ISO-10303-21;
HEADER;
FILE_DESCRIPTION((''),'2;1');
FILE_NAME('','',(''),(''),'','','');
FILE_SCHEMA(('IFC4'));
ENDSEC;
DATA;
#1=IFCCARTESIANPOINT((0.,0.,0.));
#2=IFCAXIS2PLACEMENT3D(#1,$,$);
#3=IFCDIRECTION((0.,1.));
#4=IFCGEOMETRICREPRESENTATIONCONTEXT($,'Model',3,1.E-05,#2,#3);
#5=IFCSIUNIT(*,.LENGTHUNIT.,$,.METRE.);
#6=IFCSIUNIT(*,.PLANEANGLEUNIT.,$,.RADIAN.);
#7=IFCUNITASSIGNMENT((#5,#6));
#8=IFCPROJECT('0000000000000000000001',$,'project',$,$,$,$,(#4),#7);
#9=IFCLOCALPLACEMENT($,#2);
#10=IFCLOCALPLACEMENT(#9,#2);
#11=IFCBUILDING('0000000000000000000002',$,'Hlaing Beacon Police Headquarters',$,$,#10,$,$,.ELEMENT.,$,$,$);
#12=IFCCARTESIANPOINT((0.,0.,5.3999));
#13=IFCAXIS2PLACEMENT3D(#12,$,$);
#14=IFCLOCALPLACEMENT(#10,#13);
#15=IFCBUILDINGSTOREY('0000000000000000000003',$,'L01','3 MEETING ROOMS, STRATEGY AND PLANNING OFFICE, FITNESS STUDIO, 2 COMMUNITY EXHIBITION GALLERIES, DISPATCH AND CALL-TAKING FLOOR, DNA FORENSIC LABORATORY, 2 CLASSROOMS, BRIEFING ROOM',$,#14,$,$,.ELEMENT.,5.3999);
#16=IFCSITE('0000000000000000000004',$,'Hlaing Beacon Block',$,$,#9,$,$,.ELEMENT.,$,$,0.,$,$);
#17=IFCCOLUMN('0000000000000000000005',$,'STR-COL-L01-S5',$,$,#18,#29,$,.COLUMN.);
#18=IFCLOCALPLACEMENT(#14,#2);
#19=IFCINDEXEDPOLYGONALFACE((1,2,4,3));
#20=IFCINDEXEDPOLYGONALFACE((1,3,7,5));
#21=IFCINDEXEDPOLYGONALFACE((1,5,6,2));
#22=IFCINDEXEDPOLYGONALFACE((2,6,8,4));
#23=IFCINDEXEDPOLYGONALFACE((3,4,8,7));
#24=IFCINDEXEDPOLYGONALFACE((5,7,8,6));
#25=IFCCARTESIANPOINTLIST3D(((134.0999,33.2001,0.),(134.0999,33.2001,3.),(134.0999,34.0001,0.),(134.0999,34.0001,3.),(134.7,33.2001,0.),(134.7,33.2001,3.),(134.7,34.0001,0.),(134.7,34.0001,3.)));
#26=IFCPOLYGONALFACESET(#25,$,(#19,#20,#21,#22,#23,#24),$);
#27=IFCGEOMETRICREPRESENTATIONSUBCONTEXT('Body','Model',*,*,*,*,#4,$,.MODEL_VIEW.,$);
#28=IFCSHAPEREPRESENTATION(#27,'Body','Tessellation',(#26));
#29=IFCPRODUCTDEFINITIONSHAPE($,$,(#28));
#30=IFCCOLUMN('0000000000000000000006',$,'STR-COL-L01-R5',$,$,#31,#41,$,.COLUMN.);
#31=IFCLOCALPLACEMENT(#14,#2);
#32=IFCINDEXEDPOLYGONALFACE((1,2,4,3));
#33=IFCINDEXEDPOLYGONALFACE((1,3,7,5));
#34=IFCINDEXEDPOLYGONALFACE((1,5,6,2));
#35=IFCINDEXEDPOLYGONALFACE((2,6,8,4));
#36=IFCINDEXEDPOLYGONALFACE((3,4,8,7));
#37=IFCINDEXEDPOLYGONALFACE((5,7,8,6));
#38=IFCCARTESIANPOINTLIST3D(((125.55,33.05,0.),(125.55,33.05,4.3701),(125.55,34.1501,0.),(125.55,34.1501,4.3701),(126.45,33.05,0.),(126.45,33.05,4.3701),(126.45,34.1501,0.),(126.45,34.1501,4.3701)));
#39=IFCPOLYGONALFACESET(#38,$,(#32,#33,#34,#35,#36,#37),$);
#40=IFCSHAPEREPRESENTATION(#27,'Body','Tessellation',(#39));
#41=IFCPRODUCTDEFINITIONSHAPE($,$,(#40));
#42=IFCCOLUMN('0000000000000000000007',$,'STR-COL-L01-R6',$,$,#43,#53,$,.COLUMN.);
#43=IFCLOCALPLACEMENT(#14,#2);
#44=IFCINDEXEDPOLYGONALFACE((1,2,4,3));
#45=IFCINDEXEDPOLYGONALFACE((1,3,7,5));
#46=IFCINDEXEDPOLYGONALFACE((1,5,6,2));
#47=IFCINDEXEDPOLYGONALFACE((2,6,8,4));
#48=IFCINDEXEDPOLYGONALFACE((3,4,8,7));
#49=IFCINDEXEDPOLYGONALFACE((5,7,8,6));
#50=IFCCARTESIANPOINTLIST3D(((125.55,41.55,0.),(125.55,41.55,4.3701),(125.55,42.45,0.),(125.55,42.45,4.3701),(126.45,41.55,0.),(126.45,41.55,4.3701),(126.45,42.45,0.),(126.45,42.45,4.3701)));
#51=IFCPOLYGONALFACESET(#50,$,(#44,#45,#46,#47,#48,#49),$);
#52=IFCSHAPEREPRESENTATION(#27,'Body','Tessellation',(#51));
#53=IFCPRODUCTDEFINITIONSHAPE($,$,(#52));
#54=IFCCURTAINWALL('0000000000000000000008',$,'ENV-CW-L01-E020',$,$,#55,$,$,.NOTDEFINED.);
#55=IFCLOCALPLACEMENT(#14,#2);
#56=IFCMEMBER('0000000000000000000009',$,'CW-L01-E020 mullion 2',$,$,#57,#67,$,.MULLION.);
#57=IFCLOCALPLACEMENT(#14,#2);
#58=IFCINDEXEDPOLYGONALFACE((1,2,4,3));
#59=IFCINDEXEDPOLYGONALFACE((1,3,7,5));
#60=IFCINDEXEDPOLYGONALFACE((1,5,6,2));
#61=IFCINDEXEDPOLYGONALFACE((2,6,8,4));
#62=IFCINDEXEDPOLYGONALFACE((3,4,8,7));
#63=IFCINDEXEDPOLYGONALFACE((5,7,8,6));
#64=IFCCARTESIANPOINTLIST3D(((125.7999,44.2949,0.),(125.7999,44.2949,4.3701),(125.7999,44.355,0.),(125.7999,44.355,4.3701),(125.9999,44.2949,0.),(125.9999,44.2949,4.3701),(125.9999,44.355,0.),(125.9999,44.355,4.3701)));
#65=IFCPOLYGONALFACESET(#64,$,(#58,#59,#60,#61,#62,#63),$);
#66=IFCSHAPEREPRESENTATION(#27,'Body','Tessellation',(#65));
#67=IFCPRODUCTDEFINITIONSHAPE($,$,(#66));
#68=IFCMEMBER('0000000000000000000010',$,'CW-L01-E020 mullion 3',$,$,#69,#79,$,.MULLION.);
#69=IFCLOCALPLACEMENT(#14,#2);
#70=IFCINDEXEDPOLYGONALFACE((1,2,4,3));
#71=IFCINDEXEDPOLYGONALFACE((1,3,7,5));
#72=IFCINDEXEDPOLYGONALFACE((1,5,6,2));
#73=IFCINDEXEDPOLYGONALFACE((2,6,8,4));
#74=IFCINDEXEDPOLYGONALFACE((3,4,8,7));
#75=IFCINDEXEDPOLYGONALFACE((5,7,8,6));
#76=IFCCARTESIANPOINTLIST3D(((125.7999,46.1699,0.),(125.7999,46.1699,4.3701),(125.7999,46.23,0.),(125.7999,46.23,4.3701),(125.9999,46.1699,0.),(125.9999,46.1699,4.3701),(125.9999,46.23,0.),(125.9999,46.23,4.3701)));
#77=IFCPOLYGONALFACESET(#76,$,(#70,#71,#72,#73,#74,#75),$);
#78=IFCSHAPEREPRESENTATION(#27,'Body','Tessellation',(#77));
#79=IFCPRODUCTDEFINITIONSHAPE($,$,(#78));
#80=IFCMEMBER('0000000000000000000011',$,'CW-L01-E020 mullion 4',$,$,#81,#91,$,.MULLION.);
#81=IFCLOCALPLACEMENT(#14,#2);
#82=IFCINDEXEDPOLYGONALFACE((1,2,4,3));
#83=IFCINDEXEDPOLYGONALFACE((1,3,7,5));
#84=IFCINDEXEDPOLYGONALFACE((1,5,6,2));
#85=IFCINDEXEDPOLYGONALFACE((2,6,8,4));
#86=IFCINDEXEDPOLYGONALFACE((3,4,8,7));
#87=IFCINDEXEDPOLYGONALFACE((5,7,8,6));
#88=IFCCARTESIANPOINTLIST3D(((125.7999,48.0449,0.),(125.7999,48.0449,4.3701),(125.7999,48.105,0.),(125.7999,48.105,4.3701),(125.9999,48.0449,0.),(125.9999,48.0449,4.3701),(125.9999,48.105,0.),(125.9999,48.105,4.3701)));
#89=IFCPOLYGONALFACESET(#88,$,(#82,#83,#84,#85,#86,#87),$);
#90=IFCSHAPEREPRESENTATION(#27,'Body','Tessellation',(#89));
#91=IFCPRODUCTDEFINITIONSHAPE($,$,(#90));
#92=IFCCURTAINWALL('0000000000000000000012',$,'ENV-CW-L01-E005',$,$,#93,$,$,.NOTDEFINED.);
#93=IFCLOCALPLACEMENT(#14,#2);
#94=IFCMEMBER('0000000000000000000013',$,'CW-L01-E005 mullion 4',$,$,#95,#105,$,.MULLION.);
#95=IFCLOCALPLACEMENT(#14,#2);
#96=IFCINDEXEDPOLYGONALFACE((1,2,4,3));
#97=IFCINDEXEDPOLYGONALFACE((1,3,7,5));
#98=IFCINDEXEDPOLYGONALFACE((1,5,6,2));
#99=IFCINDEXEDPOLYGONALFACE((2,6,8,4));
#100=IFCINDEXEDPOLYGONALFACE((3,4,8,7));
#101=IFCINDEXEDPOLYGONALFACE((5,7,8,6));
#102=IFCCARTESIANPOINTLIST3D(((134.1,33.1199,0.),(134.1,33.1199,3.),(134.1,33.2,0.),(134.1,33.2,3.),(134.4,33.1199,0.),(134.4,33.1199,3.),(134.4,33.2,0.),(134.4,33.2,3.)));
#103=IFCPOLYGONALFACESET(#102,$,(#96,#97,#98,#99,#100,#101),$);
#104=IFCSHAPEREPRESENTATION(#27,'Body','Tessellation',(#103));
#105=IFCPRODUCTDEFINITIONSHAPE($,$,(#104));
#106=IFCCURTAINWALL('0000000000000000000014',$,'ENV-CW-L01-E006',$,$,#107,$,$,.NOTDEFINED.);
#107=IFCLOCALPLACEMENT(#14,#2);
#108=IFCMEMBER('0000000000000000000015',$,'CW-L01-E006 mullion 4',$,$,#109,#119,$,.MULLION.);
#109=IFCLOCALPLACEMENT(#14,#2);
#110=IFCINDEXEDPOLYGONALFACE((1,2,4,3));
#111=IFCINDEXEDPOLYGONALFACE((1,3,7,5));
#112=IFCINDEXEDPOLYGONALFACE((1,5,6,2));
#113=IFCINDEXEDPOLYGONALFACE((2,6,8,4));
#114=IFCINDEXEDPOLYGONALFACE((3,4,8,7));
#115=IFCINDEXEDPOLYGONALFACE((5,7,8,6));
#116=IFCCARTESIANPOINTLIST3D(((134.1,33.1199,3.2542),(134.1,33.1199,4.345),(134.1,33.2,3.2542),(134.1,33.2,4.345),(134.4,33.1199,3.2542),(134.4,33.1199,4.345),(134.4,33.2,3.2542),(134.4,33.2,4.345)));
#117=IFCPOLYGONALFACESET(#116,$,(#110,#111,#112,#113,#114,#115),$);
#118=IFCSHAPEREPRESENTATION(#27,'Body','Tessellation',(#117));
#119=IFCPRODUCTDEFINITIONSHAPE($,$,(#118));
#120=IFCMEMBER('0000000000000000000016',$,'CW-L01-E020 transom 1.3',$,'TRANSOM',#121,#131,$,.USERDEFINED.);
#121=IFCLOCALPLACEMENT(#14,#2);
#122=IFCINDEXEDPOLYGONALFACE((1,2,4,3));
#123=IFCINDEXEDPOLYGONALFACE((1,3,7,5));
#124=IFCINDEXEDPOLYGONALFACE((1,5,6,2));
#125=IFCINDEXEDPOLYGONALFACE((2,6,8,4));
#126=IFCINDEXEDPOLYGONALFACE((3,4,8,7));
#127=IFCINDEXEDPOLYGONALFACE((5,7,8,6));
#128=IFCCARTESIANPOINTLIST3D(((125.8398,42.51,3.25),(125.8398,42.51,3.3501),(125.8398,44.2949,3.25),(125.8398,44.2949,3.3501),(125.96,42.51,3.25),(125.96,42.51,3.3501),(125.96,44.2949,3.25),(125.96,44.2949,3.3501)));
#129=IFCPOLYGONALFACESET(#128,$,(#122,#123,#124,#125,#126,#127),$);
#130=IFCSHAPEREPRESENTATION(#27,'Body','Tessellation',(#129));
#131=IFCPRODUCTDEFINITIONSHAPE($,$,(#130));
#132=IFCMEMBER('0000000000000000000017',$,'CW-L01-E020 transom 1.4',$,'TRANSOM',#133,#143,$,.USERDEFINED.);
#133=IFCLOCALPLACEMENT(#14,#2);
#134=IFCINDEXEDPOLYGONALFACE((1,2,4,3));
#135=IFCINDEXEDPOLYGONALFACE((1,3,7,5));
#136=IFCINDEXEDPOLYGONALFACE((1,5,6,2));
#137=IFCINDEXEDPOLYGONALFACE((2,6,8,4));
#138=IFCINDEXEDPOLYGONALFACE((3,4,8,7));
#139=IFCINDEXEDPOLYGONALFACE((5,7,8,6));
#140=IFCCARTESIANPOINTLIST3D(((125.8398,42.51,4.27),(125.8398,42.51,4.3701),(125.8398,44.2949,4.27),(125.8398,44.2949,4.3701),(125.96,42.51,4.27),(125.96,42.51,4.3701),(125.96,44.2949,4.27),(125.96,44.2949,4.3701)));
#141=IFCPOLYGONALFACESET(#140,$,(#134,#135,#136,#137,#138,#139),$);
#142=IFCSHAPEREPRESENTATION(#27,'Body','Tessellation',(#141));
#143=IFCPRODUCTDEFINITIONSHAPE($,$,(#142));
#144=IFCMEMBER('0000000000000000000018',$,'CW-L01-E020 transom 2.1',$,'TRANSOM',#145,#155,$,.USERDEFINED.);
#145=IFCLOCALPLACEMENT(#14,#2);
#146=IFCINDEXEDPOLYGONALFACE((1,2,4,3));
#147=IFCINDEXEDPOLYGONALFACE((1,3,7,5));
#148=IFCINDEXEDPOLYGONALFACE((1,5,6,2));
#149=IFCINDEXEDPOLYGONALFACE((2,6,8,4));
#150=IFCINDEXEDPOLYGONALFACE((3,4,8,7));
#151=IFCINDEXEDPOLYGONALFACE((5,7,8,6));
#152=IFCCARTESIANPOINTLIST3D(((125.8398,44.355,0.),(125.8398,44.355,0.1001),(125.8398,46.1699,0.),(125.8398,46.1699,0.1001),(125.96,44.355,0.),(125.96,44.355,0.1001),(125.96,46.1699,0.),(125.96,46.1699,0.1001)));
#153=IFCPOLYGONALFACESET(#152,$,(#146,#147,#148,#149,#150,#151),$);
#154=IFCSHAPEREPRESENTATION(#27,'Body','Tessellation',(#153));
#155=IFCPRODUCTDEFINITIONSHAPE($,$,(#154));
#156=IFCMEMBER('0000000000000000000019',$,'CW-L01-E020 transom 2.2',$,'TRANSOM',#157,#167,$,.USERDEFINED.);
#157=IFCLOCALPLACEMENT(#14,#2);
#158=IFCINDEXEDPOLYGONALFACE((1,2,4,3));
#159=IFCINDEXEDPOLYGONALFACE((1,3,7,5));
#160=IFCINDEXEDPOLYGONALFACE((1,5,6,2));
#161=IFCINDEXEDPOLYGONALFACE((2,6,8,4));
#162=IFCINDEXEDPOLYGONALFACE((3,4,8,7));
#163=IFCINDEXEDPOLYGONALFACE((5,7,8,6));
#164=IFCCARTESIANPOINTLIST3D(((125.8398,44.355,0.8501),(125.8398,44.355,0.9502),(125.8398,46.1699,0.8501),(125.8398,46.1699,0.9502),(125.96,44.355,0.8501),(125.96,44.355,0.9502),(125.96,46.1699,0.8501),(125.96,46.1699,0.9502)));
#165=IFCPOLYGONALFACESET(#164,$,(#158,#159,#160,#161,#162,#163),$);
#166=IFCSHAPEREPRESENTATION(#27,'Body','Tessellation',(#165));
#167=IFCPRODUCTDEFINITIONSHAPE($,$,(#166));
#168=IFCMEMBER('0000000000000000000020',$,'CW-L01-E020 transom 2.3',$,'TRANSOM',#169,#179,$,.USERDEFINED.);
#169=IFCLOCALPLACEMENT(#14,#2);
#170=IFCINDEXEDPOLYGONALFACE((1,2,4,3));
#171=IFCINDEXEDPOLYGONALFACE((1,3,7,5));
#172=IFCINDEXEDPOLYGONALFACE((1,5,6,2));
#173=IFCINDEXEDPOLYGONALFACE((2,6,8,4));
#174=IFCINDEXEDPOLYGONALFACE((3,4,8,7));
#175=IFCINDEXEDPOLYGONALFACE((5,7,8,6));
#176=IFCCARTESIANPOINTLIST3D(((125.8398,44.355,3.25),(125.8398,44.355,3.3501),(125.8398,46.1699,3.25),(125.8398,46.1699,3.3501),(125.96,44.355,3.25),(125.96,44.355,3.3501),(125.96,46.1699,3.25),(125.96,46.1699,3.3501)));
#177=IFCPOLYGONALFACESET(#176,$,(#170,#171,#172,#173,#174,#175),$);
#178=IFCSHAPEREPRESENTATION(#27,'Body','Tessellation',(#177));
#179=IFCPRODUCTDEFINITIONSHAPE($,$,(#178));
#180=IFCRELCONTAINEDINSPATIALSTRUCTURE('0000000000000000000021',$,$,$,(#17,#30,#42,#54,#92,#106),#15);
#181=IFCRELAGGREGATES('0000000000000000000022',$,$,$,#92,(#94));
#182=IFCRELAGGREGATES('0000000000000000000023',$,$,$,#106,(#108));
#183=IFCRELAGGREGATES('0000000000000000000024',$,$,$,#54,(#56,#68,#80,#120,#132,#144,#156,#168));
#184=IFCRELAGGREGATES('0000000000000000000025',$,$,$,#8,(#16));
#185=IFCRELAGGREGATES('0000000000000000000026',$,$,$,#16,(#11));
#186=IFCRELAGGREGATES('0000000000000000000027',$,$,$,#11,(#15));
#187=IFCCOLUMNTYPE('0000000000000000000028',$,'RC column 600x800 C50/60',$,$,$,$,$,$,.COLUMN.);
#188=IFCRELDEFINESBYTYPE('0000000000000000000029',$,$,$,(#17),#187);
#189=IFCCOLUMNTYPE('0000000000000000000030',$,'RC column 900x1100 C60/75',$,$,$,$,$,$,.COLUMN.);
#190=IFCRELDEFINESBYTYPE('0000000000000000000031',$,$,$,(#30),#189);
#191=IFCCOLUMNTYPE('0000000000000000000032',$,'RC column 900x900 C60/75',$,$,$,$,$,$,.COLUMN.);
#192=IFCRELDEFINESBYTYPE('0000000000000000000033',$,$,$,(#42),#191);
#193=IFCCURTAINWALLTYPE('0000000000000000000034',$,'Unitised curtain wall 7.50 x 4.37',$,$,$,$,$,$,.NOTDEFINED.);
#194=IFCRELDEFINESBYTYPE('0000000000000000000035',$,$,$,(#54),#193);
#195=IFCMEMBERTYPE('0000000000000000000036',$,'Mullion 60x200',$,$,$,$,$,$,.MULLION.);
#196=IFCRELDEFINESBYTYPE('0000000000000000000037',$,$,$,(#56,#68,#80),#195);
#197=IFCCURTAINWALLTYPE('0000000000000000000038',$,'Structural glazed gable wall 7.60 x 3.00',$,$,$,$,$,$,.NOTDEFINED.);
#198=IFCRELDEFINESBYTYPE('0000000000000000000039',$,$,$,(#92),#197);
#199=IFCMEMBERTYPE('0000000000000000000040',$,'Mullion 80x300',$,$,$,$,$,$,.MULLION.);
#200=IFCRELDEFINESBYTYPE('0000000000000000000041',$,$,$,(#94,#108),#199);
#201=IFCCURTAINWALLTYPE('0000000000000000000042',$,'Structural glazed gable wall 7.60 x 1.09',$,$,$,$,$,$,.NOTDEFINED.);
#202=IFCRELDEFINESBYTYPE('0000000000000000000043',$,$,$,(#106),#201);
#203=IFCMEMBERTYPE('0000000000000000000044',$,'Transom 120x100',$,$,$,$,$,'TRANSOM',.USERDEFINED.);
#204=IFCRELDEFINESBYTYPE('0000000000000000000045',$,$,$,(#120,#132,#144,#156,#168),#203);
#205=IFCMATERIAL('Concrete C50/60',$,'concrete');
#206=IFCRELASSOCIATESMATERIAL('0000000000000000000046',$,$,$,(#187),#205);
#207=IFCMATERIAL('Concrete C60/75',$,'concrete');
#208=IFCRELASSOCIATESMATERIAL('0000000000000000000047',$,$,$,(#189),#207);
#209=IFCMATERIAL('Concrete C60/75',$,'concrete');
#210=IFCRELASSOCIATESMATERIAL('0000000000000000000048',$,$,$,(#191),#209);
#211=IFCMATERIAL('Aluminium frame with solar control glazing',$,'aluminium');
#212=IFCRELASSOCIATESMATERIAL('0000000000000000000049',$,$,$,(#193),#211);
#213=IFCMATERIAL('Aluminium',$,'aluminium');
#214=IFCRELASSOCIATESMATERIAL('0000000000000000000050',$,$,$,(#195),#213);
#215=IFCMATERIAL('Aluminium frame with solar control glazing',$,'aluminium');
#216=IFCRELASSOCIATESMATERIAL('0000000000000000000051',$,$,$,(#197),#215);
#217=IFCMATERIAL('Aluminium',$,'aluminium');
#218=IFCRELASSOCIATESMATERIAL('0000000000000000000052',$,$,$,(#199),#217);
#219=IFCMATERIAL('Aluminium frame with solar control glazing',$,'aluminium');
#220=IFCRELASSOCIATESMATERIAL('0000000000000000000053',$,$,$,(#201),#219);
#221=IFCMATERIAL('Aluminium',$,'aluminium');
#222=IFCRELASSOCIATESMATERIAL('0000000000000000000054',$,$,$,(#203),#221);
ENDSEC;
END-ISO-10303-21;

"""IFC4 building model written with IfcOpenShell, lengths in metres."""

from ifc_helpers import new_model, si_unit, direction, frame, origin, origin_2d, place, context, subcontext, project, spatial, rectangle, extrude, material, material_profile, profile_set, type_object, element, aggregate, save


model = new_model("IFC4")

# Units and contexts
model_context = context("Model", 3, precision=1e-05, world=origin(), true_north=direction((0.0, 1.0)))
body_context = subcontext(model_context, "Body", "Model", "MODEL_VIEW")
ifc_project = project(units=[si_unit("LENGTHUNIT", "METRE"), si_unit("PLANEANGLEUNIT", "RADIAN")], contexts=[model_context])

# Site, building, storey
site_placement = place(None, origin())
site = spatial("IfcSite", under=ifc_project, at=site_placement, Name="Hlaing Beacon Block", CompositionType="ELEMENT", RefElevation=0.0)
building_placement = place(site_placement, origin())
building = spatial("IfcBuilding", under=site, at=building_placement, Name="Hlaing Beacon Police Headquarters", CompositionType="ELEMENT")
storey_placement = place(building_placement, frame((0.0, 0.0, 5.3999)))
storey = spatial("IfcBuildingStorey", under=building, at=storey_placement, Name="L01", Description="3 MEETING ROOMS, STRATEGY AND PLANNING OFFICE, FITNESS STUDIO, 2 COMMUNITY EXHIBITION GALLERIES, DISPATCH AND CALL-TAKING FLOOR, DNA FORENSIC LABORATORY, 2 CLASSROOMS, BRIEFING ROOM", CompositionType="ELEMENT", Elevation=5.3999)

# Columns
ifc_material_1 = material(Name="Concrete C50/60", Category="concrete")
ifc_material_profile_1 = material_profile(ifc_material_1, rectangle(XDim=0.6001, YDim=0.8, at=origin_2d()), Name="600x800")
ifc_profile_set_1 = profile_set([ifc_material_profile_1], Name="Concrete C50/60")
column_type_1 = type_object("IfcColumnType", Name="RC column 600x800 C50/60", PredefinedType="COLUMN", material=ifc_profile_set_1)
column_1_placement = place(storey_placement, frame((134.3999, 33.6001, 0.0), z_axis=(0.0, 0.0, 1.0), x_axis=(1.0, 0.0, 0.0)))
element("IfcColumn", 1, at=column_1_placement, inside=storey, type_object=column_type_1, Name="STR-COL-L01-S5", PredefinedType="COLUMN", context=body_context, shape_type="SweptSolid", body=[
    extrude(rectangle(XDim=0.6001, YDim=0.8, at=origin_2d()), origin(), (0.0, 0.0, 1.0), 3.0),
])
ifc_material_2 = material(Name="Concrete C60/75", Category="concrete")
ifc_material_profile_2 = material_profile(ifc_material_2, rectangle(XDim=0.8999, YDim=1.1001, at=origin_2d()), Name="900x1100")
ifc_profile_set_2 = profile_set([ifc_material_profile_2], Name="Concrete C60/75")
column_type_2 = type_object("IfcColumnType", Name="RC column 900x1100 C60/75", PredefinedType="COLUMN", material=ifc_profile_set_2)
column_2_placement = place(storey_placement, frame((126.0, 33.6001, 0.0), z_axis=(0.0, 0.0, 1.0), x_axis=(1.0, 0.0, 0.0)))
element("IfcColumn", 2, at=column_2_placement, inside=storey, type_object=column_type_2, Name="STR-COL-L01-R5", PredefinedType="COLUMN", context=body_context, shape_type="SweptSolid", body=[
    extrude(rectangle(XDim=0.8999, YDim=1.1001, at=origin_2d()), origin(), (0.0, 0.0, 1.0), 4.3701),
])
ifc_material_3 = material(Name="Concrete C60/75", Category="concrete")
ifc_material_profile_3 = material_profile(ifc_material_3, rectangle(XDim=0.8999, YDim=0.8999, at=origin_2d()), Name="900x900")
ifc_profile_set_3 = profile_set([ifc_material_profile_3], Name="Concrete C60/75")
column_type_3 = type_object("IfcColumnType", Name="RC column 900x900 C60/75", PredefinedType="COLUMN", material=ifc_profile_set_3)
column_3_placement = place(storey_placement, frame((126.0, 42.0, 0.0), z_axis=(0.0, 0.0, 1.0), x_axis=(1.0, 0.0, 0.0)))
element("IfcColumn", 3, at=column_3_placement, inside=storey, type_object=column_type_3, Name="STR-COL-L01-R6", PredefinedType="COLUMN", context=body_context, shape_type="SweptSolid", body=[
    extrude(rectangle(XDim=0.8999, YDim=0.8999, at=origin_2d()), origin(), (0.0, 0.0, 1.0), 4.3701),
])

# Curtain wall, members
ifc_material_4 = material(Name="Aluminium frame with solar control glazing", Category="aluminium")
curtain_wall_type_1 = type_object("IfcCurtainWallType", Name="Unitised curtain wall 7.50 x 4.37", PredefinedType="NOTDEFINED", material=ifc_material_4)
curtain_wall_1_placement = place(storey_placement, origin())
curtain_wall_1 = element("IfcCurtainWall", 4, at=curtain_wall_1_placement, inside=storey, type_object=curtain_wall_type_1, Name="ENV-CW-L01-E020", PredefinedType="NOTDEFINED")
ifc_material_5 = material(Name="Aluminium", Category="aluminium")
ifc_material_profile_4 = material_profile(ifc_material_5, rectangle(XDim=0.2, YDim=0.0601, at=origin_2d()), Name="Mullion 60x200")
ifc_profile_set_4 = profile_set([ifc_material_profile_4], Name="Aluminium")
member_type_1 = type_object("IfcMemberType", Name="Mullion 60x200", PredefinedType="MULLION", material=ifc_profile_set_4)
member_1_placement = place(storey_placement, frame((125.8999, 44.325, 0.0), z_axis=(0.0, 0.0, 1.0), x_axis=(-1.0, 0.0, 0.0)))
member_1 = element("IfcMember", 5, at=member_1_placement, type_object=member_type_1, Name="CW-L01-E020 mullion 2", PredefinedType="MULLION", context=body_context, shape_type="SweptSolid", body=[
    extrude(rectangle(XDim=0.2, YDim=0.0601, at=origin_2d()), origin(), (0.0, 0.0, 1.0), 4.3701),
])
member_2_placement = place(storey_placement, frame((125.8999, 46.2, 0.0), z_axis=(0.0, 0.0, 1.0), x_axis=(-1.0, 0.0, 0.0)))
member_2 = element("IfcMember", 6, at=member_2_placement, type_object=member_type_1, Name="CW-L01-E020 mullion 3", PredefinedType="MULLION", context=body_context, shape_type="SweptSolid", body=[
    extrude(rectangle(XDim=0.2, YDim=0.0601, at=origin_2d()), origin(), (0.0, 0.0, 1.0), 4.3701),
])
member_3_placement = place(storey_placement, frame((125.8999, 48.075, 0.0), z_axis=(0.0, 0.0, 1.0), x_axis=(-1.0, 0.0, 0.0)))
member_3 = element("IfcMember", 7, at=member_3_placement, type_object=member_type_1, Name="CW-L01-E020 mullion 4", PredefinedType="MULLION", context=body_context, shape_type="SweptSolid", body=[
    extrude(rectangle(XDim=0.2, YDim=0.0601, at=origin_2d()), origin(), (0.0, 0.0, 1.0), 4.3701),
])

# Curtain walls, members
ifc_material_6 = material(Name="Aluminium frame with solar control glazing", Category="aluminium")
curtain_wall_type_2 = type_object("IfcCurtainWallType", Name="Structural glazed gable wall 7.60 x 3.00", PredefinedType="NOTDEFINED", material=ifc_material_6)
curtain_wall_2_placement = place(storey_placement, origin())
curtain_wall_2 = element("IfcCurtainWall", 8, at=curtain_wall_2_placement, inside=storey, type_object=curtain_wall_type_2, Name="ENV-CW-L01-E005", PredefinedType="NOTDEFINED")
ifc_material_7 = material(Name="Aluminium", Category="aluminium")
ifc_material_profile_5 = material_profile(ifc_material_7, rectangle(XDim=0.3, YDim=0.0801, at=origin_2d()), Name="Mullion 80x300")
ifc_profile_set_5 = profile_set([ifc_material_profile_5], Name="Aluminium")
member_type_2 = type_object("IfcMemberType", Name="Mullion 80x300", PredefinedType="MULLION", material=ifc_profile_set_5)
member_4_placement = place(storey_placement, frame((134.25, 33.1599, 0.0), z_axis=(0.0, 0.0, 1.0), x_axis=(-1.0, 0.0, 0.0)))
member_4 = element("IfcMember", 9, at=member_4_placement, type_object=member_type_2, Name="CW-L01-E005 mullion 4", PredefinedType="MULLION", context=body_context, shape_type="SweptSolid", body=[
    extrude(rectangle(XDim=0.3, YDim=0.0801, at=origin_2d()), origin(), (0.0, 0.0, 1.0), 3.0),
])
aggregate(curtain_wall_2, [member_4])
ifc_material_8 = material(Name="Aluminium frame with solar control glazing", Category="aluminium")
curtain_wall_type_3 = type_object("IfcCurtainWallType", Name="Structural glazed gable wall 7.60 x 1.09", PredefinedType="NOTDEFINED", material=ifc_material_8)
curtain_wall_3_placement = place(storey_placement, origin())
curtain_wall_3 = element("IfcCurtainWall", 10, at=curtain_wall_3_placement, inside=storey, type_object=curtain_wall_type_3, Name="ENV-CW-L01-E006", PredefinedType="NOTDEFINED")
member_5_placement = place(storey_placement, frame((134.25, 33.1599, 3.2542), z_axis=(0.0, 0.0, 1.0), x_axis=(-1.0, 0.0, 0.0)))
member_5 = element("IfcMember", 11, at=member_5_placement, type_object=member_type_2, Name="CW-L01-E006 mullion 4", PredefinedType="MULLION", context=body_context, shape_type="SweptSolid", body=[
    extrude(rectangle(XDim=0.3, YDim=0.0801, at=origin_2d()), origin(), (0.0, 0.0, 1.0), 1.0908),
])
aggregate(curtain_wall_3, [member_5])

# Members
ifc_material_9 = material(Name="Aluminium", Category="aluminium")
ifc_material_profile_6 = material_profile(ifc_material_9, rectangle(XDim=0.1201, YDim=0.1001, at=origin_2d()), Name="Transom 120x100")
ifc_profile_set_6 = profile_set([ifc_material_profile_6], Name="Aluminium")
member_type_3 = type_object("IfcMemberType", Name="Transom 120x100", ElementType="TRANSOM", PredefinedType="USERDEFINED", material=ifc_profile_set_6)
member_6_placement = place(storey_placement, frame((125.8999, 42.51, 3.3), z_axis=(0.0, 1.0, 0.0), x_axis=(-1.0, 0.0, 0.0)))
member_6 = element("IfcMember", 12, at=member_6_placement, type_object=member_type_3, Name="CW-L01-E020 transom 1.3", ObjectType="TRANSOM", PredefinedType="USERDEFINED", context=body_context, shape_type="SweptSolid", body=[
    extrude(rectangle(XDim=0.1201, YDim=0.1001, at=origin_2d()), origin(), (0.0, 0.0, 1.0), 1.7849),
])
member_7_placement = place(storey_placement, frame((125.8999, 42.51, 4.3201), z_axis=(0.0, 1.0, 0.0), x_axis=(-1.0, 0.0, 0.0)))
member_7 = element("IfcMember", 13, at=member_7_placement, type_object=member_type_3, Name="CW-L01-E020 transom 1.4", ObjectType="TRANSOM", PredefinedType="USERDEFINED", context=body_context, shape_type="SweptSolid", body=[
    extrude(rectangle(XDim=0.1201, YDim=0.1001, at=origin_2d()), origin(), (0.0, 0.0, 1.0), 1.7849),
])
member_8_placement = place(storey_placement, frame((125.8999, 44.355, 0.05), z_axis=(0.0, 1.0, 0.0), x_axis=(-1.0, 0.0, 0.0)))
member_8 = element("IfcMember", 14, at=member_8_placement, type_object=member_type_3, Name="CW-L01-E020 transom 2.1", ObjectType="TRANSOM", PredefinedType="USERDEFINED", context=body_context, shape_type="SweptSolid", body=[
    extrude(rectangle(XDim=0.1201, YDim=0.1001, at=origin_2d()), origin(), (0.0, 0.0, 1.0), 1.8149),
])
member_9_placement = place(storey_placement, frame((125.8999, 44.355, 0.9001), z_axis=(0.0, 1.0, 0.0), x_axis=(-1.0, 0.0, 0.0)))
member_9 = element("IfcMember", 15, at=member_9_placement, type_object=member_type_3, Name="CW-L01-E020 transom 2.2", ObjectType="TRANSOM", PredefinedType="USERDEFINED", context=body_context, shape_type="SweptSolid", body=[
    extrude(rectangle(XDim=0.1201, YDim=0.1001, at=origin_2d()), origin(), (0.0, 0.0, 1.0), 1.8149),
])
member_10_placement = place(storey_placement, frame((125.8999, 44.355, 3.3), z_axis=(0.0, 1.0, 0.0), x_axis=(-1.0, 0.0, 0.0)))
member_10 = element("IfcMember", 16, at=member_10_placement, type_object=member_type_3, Name="CW-L01-E020 transom 2.3", ObjectType="TRANSOM", PredefinedType="USERDEFINED", context=body_context, shape_type="SweptSolid", body=[
    extrude(rectangle(XDim=0.1201, YDim=0.1001, at=origin_2d()), origin(), (0.0, 0.0, 1.0), 1.8149),
])

aggregate(curtain_wall_1, [member_1, member_2, member_3, member_6, member_7, member_8, member_9, member_10])

save(model, "model.ifc")
